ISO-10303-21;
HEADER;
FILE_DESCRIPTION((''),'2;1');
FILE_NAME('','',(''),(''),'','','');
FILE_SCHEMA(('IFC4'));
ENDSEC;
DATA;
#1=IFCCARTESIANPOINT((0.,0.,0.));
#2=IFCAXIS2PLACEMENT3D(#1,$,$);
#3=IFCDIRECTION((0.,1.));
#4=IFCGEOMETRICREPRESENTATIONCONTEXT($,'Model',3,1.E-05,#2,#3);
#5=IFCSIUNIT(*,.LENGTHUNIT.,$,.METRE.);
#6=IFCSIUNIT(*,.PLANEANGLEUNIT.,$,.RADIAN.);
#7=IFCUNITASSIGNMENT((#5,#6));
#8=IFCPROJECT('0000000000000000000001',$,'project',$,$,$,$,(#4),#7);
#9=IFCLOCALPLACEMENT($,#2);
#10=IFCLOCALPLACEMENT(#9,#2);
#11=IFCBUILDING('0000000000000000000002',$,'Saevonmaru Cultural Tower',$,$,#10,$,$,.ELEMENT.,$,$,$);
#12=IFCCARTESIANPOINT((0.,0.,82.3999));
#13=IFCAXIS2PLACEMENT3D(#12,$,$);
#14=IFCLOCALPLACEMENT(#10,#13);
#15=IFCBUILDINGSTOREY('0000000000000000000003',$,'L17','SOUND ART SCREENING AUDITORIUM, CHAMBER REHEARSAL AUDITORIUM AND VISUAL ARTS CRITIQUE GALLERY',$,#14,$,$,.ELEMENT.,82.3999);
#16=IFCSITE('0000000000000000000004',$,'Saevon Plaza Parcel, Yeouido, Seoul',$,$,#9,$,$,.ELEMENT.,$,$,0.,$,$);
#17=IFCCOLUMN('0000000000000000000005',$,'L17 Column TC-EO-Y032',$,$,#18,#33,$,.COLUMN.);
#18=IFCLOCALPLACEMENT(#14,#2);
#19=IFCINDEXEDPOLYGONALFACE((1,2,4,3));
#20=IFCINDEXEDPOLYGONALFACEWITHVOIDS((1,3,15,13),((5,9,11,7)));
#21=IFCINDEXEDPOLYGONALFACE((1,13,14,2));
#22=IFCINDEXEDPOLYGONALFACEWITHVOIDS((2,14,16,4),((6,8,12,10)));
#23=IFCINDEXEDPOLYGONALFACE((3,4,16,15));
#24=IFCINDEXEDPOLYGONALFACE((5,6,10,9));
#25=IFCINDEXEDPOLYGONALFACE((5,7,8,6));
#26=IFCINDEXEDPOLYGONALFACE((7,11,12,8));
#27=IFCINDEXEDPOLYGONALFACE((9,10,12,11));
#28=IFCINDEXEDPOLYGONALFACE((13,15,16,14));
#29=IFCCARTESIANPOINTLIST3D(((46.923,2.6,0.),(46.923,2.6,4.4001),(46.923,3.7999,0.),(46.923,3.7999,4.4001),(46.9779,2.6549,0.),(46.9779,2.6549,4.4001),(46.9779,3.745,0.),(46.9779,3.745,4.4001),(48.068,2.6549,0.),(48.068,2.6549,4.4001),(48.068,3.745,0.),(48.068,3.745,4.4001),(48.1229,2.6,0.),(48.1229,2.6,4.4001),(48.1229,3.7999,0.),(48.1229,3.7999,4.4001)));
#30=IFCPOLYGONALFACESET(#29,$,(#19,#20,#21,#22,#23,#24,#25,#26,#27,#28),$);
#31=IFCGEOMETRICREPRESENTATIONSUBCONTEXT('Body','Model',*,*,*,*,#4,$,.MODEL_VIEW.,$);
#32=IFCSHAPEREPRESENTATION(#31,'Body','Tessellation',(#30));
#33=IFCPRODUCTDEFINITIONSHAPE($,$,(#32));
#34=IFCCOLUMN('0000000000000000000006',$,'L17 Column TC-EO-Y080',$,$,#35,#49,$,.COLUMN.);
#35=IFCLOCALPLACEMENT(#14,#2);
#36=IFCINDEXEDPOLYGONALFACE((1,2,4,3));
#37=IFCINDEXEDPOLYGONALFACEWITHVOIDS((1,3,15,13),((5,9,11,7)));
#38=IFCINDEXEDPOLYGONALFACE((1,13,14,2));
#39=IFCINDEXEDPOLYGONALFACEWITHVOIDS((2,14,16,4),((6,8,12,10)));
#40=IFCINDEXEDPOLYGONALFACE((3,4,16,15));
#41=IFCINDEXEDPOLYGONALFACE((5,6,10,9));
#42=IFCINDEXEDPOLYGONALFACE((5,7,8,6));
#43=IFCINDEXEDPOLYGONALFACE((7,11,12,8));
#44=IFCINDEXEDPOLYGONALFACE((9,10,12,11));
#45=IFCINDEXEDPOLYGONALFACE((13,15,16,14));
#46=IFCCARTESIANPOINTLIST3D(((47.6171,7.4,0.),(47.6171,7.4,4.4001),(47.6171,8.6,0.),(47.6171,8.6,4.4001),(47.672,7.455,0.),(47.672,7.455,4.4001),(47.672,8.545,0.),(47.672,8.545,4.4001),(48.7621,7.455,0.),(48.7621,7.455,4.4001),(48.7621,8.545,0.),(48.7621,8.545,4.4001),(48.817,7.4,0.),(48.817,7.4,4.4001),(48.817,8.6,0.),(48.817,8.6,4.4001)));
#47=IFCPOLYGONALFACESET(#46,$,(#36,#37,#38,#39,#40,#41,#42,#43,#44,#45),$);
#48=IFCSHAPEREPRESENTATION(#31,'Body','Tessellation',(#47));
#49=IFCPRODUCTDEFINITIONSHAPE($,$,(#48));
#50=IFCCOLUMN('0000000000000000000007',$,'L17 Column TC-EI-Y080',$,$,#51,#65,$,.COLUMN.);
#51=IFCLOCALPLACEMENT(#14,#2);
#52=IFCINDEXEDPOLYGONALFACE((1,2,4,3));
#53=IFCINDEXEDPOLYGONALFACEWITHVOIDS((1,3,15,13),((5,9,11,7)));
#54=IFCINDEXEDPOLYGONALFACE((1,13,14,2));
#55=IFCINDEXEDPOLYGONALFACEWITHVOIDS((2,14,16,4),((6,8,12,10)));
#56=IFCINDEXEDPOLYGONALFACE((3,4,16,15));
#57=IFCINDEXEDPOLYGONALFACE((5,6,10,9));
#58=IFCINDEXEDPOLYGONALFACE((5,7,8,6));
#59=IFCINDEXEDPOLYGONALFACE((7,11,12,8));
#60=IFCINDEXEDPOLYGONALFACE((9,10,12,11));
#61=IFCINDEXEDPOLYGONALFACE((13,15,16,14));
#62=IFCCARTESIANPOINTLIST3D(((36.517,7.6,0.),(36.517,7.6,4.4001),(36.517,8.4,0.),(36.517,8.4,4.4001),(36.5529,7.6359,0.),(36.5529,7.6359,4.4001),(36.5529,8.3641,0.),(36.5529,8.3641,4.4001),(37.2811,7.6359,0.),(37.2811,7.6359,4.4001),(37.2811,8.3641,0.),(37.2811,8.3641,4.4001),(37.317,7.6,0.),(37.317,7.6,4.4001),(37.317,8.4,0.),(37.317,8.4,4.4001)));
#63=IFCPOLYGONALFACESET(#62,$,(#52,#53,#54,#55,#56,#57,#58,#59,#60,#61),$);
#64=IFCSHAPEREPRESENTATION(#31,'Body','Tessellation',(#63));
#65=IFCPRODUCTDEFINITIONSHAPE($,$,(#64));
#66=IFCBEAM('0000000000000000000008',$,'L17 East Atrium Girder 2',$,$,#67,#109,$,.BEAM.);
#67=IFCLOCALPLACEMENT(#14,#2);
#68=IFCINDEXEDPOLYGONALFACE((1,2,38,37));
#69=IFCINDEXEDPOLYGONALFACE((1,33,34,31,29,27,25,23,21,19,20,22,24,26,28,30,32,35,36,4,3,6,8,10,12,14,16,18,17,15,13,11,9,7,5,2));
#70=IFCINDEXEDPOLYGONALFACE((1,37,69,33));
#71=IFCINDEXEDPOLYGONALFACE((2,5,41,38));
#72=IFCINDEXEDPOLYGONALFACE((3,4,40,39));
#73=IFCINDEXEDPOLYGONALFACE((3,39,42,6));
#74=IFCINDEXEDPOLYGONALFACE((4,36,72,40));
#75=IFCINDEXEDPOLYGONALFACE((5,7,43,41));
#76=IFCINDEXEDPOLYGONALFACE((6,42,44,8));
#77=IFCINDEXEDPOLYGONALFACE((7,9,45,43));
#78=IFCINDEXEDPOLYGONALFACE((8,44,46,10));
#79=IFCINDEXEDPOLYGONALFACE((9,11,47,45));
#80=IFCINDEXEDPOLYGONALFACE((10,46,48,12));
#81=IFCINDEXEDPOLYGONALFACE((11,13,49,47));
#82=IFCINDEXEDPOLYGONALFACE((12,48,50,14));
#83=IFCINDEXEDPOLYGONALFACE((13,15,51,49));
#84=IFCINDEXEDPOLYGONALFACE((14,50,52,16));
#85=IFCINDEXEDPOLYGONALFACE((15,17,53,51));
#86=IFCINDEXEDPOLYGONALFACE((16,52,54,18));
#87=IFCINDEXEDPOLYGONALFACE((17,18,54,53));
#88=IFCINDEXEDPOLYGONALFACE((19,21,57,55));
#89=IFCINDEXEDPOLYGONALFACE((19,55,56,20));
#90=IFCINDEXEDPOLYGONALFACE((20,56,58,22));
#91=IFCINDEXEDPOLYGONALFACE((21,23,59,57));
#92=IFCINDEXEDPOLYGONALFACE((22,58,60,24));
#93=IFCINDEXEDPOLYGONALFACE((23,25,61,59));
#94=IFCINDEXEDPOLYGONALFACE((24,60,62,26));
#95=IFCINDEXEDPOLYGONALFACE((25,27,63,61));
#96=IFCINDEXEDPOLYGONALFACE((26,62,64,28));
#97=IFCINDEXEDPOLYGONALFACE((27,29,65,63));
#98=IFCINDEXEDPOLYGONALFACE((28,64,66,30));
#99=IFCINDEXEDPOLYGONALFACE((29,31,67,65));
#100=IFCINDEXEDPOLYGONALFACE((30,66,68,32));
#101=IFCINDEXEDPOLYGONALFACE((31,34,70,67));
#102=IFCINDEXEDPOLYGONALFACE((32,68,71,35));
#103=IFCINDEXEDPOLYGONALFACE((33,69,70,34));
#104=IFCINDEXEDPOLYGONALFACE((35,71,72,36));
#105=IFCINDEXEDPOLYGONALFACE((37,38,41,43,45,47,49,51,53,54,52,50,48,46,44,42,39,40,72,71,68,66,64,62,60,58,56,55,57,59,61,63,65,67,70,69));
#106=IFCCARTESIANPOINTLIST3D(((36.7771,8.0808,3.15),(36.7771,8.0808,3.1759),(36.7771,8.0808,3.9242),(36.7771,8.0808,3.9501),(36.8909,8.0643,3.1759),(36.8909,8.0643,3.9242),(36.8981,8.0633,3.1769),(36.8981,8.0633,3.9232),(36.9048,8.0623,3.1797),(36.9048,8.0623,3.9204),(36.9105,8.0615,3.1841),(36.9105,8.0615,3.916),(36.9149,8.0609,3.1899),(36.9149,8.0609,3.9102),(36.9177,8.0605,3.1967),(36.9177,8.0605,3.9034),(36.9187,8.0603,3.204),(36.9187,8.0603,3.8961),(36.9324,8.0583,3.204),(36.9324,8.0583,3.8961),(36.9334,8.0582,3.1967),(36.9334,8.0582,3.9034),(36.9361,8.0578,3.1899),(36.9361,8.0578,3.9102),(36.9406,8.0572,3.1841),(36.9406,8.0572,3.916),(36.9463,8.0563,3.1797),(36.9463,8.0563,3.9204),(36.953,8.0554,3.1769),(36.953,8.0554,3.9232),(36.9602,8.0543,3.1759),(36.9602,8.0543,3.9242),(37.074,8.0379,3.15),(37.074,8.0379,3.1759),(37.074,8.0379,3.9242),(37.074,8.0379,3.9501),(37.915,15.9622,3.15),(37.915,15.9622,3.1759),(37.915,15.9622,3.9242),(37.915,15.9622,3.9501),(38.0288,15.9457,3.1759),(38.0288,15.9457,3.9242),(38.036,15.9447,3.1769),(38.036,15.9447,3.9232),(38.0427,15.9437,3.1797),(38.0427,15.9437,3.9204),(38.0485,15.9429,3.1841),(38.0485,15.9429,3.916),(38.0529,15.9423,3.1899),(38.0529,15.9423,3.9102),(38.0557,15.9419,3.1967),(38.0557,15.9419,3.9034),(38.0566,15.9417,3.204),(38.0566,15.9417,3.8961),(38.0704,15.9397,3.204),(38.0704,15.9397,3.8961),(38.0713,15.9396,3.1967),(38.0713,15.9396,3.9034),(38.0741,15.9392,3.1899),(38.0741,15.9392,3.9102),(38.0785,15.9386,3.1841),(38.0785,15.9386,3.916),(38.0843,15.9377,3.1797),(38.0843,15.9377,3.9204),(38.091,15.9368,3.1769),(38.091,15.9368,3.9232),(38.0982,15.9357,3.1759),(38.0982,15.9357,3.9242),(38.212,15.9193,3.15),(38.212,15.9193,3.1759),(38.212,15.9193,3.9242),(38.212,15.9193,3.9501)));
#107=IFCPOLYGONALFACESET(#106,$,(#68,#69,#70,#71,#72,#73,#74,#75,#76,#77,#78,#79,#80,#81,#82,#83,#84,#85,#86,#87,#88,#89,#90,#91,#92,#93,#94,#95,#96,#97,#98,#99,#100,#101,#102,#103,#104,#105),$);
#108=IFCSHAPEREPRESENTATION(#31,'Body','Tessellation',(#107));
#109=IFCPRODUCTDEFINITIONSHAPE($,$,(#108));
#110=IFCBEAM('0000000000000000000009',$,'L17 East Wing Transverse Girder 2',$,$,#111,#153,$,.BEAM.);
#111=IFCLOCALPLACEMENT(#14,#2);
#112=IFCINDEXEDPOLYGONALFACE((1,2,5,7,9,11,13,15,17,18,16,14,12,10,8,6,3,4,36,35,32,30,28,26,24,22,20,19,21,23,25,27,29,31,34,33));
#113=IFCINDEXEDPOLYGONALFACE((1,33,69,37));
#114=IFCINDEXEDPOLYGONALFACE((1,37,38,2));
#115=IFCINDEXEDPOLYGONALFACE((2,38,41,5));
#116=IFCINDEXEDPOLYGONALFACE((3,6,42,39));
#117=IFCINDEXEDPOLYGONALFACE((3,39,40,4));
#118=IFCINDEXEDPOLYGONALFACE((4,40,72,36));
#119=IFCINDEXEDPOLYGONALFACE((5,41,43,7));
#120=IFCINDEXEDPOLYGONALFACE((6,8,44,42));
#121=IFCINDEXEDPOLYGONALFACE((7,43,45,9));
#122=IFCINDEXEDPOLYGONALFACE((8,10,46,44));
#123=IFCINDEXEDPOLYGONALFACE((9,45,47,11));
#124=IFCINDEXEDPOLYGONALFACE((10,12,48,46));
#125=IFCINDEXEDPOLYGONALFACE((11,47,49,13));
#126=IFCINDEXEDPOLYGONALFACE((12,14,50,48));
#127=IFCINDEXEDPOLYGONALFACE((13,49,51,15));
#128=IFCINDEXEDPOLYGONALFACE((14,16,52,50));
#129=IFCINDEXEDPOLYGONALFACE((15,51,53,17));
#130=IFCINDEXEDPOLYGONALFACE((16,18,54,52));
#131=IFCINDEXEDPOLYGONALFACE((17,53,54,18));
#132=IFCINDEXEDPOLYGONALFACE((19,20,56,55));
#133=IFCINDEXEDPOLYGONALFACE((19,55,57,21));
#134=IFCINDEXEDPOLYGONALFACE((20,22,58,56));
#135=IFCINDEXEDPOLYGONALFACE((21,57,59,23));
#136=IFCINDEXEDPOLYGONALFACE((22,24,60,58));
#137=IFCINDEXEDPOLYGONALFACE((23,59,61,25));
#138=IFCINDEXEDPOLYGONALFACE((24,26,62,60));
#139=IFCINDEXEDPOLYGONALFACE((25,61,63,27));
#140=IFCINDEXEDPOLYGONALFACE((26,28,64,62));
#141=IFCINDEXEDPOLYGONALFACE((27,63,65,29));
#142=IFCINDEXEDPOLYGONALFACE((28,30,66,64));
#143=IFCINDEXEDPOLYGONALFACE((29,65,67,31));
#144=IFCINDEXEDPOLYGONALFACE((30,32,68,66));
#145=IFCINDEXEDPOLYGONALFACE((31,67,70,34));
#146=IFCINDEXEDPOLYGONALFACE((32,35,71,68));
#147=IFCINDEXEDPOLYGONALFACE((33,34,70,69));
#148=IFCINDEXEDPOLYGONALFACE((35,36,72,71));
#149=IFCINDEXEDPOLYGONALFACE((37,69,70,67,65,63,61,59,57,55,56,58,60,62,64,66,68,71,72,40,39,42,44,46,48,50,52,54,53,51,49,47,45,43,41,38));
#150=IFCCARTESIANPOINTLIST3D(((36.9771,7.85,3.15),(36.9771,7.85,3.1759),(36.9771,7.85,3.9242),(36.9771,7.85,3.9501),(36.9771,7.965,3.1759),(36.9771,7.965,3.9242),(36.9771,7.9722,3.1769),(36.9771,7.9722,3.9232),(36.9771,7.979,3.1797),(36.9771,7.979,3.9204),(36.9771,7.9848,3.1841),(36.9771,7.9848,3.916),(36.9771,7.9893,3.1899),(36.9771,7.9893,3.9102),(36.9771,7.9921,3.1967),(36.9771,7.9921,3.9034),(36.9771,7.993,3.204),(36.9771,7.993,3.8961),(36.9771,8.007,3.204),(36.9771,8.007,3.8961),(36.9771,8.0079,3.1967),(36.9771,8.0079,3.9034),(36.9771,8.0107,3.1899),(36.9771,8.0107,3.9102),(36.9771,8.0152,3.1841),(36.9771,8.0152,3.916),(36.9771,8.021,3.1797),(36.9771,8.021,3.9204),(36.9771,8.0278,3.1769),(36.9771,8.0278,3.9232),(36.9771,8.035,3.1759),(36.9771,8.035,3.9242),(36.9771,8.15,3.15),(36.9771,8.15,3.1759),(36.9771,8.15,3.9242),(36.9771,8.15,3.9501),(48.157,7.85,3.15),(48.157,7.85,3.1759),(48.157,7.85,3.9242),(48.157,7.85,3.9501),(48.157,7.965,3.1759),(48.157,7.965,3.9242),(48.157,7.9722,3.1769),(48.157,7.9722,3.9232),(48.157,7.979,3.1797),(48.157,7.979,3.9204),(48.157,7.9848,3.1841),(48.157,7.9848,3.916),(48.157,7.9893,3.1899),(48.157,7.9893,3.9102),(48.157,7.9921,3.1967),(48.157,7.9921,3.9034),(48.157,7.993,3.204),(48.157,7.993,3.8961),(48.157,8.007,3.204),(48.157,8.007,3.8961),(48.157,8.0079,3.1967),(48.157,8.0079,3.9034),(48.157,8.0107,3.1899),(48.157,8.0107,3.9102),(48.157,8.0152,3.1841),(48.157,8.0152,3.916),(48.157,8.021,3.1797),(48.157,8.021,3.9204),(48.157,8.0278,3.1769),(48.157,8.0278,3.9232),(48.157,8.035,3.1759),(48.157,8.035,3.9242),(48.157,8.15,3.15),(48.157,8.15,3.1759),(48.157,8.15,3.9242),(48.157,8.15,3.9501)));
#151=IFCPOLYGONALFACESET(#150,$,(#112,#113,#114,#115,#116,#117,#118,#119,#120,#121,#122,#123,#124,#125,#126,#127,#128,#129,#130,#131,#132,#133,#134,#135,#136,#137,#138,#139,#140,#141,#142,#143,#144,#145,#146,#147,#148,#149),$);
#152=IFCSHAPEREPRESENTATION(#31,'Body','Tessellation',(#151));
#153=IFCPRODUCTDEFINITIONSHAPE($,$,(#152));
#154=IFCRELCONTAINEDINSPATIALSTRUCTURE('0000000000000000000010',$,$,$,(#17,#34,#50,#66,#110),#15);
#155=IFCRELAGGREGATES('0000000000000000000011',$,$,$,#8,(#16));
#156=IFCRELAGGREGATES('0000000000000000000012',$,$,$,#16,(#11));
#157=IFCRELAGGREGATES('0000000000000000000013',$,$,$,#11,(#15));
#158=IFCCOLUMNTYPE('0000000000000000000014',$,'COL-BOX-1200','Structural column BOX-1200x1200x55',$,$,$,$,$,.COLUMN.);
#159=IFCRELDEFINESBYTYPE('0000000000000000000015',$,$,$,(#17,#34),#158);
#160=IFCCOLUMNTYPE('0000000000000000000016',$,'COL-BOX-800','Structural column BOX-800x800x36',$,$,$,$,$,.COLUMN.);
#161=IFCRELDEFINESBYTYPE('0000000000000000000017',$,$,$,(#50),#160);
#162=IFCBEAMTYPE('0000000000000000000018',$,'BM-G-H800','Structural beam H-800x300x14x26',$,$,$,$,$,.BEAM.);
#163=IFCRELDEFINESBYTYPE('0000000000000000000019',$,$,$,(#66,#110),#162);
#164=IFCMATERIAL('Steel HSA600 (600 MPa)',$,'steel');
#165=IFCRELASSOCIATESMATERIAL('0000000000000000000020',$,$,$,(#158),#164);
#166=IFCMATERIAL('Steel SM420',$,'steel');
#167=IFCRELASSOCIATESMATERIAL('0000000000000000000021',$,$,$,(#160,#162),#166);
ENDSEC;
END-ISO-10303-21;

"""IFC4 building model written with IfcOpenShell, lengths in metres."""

from ifc_helpers import new_model, si_unit, direction, frame, origin, origin_2d, place, context, subcontext, project, spatial, hollow_rectangle, i_section, extrude, material, material_profile, profile_set, type_object, element, save


model = new_model("IFC4")

# Units and contexts
model_context = context("Model", 3, precision=1e-05, world=origin(), true_north=direction((0.0, 1.0)))
body_context = subcontext(model_context, "Body", "Model", "MODEL_VIEW")
ifc_project = project(units=[si_unit("LENGTHUNIT", "METRE"), si_unit("PLANEANGLEUNIT", "RADIAN")], contexts=[model_context])

# Site, building, storey
site_placement = place(None, origin())
site = spatial("IfcSite", under=ifc_project, at=site_placement, Name="Saevon Plaza Parcel, Yeouido, Seoul", CompositionType="ELEMENT", RefElevation=0.0)
building_placement = place(site_placement, origin())
building = spatial("IfcBuilding", under=site, at=building_placement, Name="Saevonmaru Cultural Tower", CompositionType="ELEMENT")
storey_placement = place(building_placement, frame((0.0, 0.0, 82.3999)))
storey = spatial("IfcBuildingStorey", under=building, at=storey_placement, Name="L17", Description="SOUND ART SCREENING AUDITORIUM, CHAMBER REHEARSAL AUDITORIUM AND VISUAL ARTS CRITIQUE GALLERY", CompositionType="ELEMENT", Elevation=82.3999)

# Columns
ifc_material_1 = material(Name="Steel HSA600 (600 MPa)", Category="steel")
ifc_material_profile_1 = material_profile(ifc_material_1, hollow_rectangle(XDim=1.2, YDim=1.2, WallThickness=0.0549, at=origin_2d()), Name="BOX-1200x1200x55")
ifc_profile_set_1 = profile_set([ifc_material_profile_1], Name="Steel HSA600 (600 MPa)")
column_type_1 = type_object("IfcColumnType", Name="COL-BOX-1200", Description="Structural column BOX-1200x1200x55", PredefinedType="COLUMN", material=ifc_profile_set_1)
for number, where, z_axis, x_axis, name in (
    (1, (47.5229, 3.2, 0.0), (0.0, 0.0, 1.0), (1.0, 0.0, 0.0), "L17 Column TC-EO-Y032"),
    (2, (48.217, 8.0, 0.0), (0.0, 0.0, 1.0), (1.0, 0.0, 0.0), "L17 Column TC-EO-Y080"),
):
    element("IfcColumn", number, at=place(storey_placement, frame(where, z_axis=z_axis, x_axis=x_axis)), inside=storey, type_object=column_type_1, Name=name, PredefinedType="COLUMN", context=body_context, shape_type="SweptSolid", body=[
        extrude(hollow_rectangle(XDim=1.2, YDim=1.2, WallThickness=0.0549, at=origin_2d()), origin(), (0.0, 0.0, 1.0), 4.4001),
    ])
ifc_material_2 = material(Name="Steel SM420", Category="steel")
ifc_material_profile_2 = material_profile(ifc_material_2, hollow_rectangle(XDim=0.8, YDim=0.8, WallThickness=0.0359, at=origin_2d()), Name="BOX-800x800x36")
ifc_profile_set_2 = profile_set([ifc_material_profile_2], Name="Steel SM420")
column_type_2 = type_object("IfcColumnType", Name="COL-BOX-800", Description="Structural column BOX-800x800x36", PredefinedType="COLUMN", material=ifc_profile_set_2)
column_placement = place(storey_placement, frame((36.917, 8.0, 0.0), z_axis=(0.0, 0.0, 1.0), x_axis=(1.0, 0.0, 0.0)))
element("IfcColumn", 3, at=column_placement, inside=storey, type_object=column_type_2, Name="L17 Column TC-EI-Y080", PredefinedType="COLUMN", context=body_context, shape_type="SweptSolid", body=[
    extrude(hollow_rectangle(XDim=0.8, YDim=0.8, WallThickness=0.0359, at=origin_2d()), origin(), (0.0, 0.0, 1.0), 4.4001),
])

# Beams
ifc_material_profile_3 = material_profile(ifc_material_2, i_section(OverallWidth=0.3, OverallDepth=0.8, WebThickness=0.0139, FlangeThickness=0.0259, FilletRadius=0.0281, at=origin_2d()), Name="H-800x300x14x26")
ifc_profile_set_3 = profile_set([ifc_material_profile_3], Name="Steel SM420")
beam_type_1 = type_object("IfcBeamType", Name="BM-G-H800", Description="Structural beam H-800x300x14x26", PredefinedType="BEAM", material=ifc_profile_set_3)
beam_1_placement = place(storey_placement, frame((36.9255, 8.0593, 3.55), z_axis=(0.142902, 0.989737, 0.0), x_axis=(-0.989737, 0.142902, 0.0)))
element("IfcBeam", 4, at=beam_1_placement, inside=storey, type_object=beam_type_1, Name="L17 East Atrium Girder 2", PredefinedType="BEAM", context=body_context, shape_type="SweptSolid", body=[
    extrude(i_section(OverallWidth=0.3, OverallDepth=0.8, WebThickness=0.0139, FlangeThickness=0.0259, FilletRadius=0.0281, at=origin_2d()), origin(), (0.0, 0.0, 1.0), 7.9631),
])
beam_2_placement = place(storey_placement, frame((36.9771, 8.0, 3.55), z_axis=(1.0, 0.0, 0.0), x_axis=(0.0, 1.0, 0.0)))
element("IfcBeam", 5, at=beam_2_placement, inside=storey, type_object=beam_type_1, Name="L17 East Wing Transverse Girder 2", PredefinedType="BEAM", context=body_context, shape_type="SweptSolid", body=[
    extrude(i_section(OverallWidth=0.3, OverallDepth=0.8, WebThickness=0.0139, FlangeThickness=0.0259, FilletRadius=0.0281, at=origin_2d()), origin(), (0.0, 0.0, 1.0), 11.1799),
])

save(model, "model.ifc")
